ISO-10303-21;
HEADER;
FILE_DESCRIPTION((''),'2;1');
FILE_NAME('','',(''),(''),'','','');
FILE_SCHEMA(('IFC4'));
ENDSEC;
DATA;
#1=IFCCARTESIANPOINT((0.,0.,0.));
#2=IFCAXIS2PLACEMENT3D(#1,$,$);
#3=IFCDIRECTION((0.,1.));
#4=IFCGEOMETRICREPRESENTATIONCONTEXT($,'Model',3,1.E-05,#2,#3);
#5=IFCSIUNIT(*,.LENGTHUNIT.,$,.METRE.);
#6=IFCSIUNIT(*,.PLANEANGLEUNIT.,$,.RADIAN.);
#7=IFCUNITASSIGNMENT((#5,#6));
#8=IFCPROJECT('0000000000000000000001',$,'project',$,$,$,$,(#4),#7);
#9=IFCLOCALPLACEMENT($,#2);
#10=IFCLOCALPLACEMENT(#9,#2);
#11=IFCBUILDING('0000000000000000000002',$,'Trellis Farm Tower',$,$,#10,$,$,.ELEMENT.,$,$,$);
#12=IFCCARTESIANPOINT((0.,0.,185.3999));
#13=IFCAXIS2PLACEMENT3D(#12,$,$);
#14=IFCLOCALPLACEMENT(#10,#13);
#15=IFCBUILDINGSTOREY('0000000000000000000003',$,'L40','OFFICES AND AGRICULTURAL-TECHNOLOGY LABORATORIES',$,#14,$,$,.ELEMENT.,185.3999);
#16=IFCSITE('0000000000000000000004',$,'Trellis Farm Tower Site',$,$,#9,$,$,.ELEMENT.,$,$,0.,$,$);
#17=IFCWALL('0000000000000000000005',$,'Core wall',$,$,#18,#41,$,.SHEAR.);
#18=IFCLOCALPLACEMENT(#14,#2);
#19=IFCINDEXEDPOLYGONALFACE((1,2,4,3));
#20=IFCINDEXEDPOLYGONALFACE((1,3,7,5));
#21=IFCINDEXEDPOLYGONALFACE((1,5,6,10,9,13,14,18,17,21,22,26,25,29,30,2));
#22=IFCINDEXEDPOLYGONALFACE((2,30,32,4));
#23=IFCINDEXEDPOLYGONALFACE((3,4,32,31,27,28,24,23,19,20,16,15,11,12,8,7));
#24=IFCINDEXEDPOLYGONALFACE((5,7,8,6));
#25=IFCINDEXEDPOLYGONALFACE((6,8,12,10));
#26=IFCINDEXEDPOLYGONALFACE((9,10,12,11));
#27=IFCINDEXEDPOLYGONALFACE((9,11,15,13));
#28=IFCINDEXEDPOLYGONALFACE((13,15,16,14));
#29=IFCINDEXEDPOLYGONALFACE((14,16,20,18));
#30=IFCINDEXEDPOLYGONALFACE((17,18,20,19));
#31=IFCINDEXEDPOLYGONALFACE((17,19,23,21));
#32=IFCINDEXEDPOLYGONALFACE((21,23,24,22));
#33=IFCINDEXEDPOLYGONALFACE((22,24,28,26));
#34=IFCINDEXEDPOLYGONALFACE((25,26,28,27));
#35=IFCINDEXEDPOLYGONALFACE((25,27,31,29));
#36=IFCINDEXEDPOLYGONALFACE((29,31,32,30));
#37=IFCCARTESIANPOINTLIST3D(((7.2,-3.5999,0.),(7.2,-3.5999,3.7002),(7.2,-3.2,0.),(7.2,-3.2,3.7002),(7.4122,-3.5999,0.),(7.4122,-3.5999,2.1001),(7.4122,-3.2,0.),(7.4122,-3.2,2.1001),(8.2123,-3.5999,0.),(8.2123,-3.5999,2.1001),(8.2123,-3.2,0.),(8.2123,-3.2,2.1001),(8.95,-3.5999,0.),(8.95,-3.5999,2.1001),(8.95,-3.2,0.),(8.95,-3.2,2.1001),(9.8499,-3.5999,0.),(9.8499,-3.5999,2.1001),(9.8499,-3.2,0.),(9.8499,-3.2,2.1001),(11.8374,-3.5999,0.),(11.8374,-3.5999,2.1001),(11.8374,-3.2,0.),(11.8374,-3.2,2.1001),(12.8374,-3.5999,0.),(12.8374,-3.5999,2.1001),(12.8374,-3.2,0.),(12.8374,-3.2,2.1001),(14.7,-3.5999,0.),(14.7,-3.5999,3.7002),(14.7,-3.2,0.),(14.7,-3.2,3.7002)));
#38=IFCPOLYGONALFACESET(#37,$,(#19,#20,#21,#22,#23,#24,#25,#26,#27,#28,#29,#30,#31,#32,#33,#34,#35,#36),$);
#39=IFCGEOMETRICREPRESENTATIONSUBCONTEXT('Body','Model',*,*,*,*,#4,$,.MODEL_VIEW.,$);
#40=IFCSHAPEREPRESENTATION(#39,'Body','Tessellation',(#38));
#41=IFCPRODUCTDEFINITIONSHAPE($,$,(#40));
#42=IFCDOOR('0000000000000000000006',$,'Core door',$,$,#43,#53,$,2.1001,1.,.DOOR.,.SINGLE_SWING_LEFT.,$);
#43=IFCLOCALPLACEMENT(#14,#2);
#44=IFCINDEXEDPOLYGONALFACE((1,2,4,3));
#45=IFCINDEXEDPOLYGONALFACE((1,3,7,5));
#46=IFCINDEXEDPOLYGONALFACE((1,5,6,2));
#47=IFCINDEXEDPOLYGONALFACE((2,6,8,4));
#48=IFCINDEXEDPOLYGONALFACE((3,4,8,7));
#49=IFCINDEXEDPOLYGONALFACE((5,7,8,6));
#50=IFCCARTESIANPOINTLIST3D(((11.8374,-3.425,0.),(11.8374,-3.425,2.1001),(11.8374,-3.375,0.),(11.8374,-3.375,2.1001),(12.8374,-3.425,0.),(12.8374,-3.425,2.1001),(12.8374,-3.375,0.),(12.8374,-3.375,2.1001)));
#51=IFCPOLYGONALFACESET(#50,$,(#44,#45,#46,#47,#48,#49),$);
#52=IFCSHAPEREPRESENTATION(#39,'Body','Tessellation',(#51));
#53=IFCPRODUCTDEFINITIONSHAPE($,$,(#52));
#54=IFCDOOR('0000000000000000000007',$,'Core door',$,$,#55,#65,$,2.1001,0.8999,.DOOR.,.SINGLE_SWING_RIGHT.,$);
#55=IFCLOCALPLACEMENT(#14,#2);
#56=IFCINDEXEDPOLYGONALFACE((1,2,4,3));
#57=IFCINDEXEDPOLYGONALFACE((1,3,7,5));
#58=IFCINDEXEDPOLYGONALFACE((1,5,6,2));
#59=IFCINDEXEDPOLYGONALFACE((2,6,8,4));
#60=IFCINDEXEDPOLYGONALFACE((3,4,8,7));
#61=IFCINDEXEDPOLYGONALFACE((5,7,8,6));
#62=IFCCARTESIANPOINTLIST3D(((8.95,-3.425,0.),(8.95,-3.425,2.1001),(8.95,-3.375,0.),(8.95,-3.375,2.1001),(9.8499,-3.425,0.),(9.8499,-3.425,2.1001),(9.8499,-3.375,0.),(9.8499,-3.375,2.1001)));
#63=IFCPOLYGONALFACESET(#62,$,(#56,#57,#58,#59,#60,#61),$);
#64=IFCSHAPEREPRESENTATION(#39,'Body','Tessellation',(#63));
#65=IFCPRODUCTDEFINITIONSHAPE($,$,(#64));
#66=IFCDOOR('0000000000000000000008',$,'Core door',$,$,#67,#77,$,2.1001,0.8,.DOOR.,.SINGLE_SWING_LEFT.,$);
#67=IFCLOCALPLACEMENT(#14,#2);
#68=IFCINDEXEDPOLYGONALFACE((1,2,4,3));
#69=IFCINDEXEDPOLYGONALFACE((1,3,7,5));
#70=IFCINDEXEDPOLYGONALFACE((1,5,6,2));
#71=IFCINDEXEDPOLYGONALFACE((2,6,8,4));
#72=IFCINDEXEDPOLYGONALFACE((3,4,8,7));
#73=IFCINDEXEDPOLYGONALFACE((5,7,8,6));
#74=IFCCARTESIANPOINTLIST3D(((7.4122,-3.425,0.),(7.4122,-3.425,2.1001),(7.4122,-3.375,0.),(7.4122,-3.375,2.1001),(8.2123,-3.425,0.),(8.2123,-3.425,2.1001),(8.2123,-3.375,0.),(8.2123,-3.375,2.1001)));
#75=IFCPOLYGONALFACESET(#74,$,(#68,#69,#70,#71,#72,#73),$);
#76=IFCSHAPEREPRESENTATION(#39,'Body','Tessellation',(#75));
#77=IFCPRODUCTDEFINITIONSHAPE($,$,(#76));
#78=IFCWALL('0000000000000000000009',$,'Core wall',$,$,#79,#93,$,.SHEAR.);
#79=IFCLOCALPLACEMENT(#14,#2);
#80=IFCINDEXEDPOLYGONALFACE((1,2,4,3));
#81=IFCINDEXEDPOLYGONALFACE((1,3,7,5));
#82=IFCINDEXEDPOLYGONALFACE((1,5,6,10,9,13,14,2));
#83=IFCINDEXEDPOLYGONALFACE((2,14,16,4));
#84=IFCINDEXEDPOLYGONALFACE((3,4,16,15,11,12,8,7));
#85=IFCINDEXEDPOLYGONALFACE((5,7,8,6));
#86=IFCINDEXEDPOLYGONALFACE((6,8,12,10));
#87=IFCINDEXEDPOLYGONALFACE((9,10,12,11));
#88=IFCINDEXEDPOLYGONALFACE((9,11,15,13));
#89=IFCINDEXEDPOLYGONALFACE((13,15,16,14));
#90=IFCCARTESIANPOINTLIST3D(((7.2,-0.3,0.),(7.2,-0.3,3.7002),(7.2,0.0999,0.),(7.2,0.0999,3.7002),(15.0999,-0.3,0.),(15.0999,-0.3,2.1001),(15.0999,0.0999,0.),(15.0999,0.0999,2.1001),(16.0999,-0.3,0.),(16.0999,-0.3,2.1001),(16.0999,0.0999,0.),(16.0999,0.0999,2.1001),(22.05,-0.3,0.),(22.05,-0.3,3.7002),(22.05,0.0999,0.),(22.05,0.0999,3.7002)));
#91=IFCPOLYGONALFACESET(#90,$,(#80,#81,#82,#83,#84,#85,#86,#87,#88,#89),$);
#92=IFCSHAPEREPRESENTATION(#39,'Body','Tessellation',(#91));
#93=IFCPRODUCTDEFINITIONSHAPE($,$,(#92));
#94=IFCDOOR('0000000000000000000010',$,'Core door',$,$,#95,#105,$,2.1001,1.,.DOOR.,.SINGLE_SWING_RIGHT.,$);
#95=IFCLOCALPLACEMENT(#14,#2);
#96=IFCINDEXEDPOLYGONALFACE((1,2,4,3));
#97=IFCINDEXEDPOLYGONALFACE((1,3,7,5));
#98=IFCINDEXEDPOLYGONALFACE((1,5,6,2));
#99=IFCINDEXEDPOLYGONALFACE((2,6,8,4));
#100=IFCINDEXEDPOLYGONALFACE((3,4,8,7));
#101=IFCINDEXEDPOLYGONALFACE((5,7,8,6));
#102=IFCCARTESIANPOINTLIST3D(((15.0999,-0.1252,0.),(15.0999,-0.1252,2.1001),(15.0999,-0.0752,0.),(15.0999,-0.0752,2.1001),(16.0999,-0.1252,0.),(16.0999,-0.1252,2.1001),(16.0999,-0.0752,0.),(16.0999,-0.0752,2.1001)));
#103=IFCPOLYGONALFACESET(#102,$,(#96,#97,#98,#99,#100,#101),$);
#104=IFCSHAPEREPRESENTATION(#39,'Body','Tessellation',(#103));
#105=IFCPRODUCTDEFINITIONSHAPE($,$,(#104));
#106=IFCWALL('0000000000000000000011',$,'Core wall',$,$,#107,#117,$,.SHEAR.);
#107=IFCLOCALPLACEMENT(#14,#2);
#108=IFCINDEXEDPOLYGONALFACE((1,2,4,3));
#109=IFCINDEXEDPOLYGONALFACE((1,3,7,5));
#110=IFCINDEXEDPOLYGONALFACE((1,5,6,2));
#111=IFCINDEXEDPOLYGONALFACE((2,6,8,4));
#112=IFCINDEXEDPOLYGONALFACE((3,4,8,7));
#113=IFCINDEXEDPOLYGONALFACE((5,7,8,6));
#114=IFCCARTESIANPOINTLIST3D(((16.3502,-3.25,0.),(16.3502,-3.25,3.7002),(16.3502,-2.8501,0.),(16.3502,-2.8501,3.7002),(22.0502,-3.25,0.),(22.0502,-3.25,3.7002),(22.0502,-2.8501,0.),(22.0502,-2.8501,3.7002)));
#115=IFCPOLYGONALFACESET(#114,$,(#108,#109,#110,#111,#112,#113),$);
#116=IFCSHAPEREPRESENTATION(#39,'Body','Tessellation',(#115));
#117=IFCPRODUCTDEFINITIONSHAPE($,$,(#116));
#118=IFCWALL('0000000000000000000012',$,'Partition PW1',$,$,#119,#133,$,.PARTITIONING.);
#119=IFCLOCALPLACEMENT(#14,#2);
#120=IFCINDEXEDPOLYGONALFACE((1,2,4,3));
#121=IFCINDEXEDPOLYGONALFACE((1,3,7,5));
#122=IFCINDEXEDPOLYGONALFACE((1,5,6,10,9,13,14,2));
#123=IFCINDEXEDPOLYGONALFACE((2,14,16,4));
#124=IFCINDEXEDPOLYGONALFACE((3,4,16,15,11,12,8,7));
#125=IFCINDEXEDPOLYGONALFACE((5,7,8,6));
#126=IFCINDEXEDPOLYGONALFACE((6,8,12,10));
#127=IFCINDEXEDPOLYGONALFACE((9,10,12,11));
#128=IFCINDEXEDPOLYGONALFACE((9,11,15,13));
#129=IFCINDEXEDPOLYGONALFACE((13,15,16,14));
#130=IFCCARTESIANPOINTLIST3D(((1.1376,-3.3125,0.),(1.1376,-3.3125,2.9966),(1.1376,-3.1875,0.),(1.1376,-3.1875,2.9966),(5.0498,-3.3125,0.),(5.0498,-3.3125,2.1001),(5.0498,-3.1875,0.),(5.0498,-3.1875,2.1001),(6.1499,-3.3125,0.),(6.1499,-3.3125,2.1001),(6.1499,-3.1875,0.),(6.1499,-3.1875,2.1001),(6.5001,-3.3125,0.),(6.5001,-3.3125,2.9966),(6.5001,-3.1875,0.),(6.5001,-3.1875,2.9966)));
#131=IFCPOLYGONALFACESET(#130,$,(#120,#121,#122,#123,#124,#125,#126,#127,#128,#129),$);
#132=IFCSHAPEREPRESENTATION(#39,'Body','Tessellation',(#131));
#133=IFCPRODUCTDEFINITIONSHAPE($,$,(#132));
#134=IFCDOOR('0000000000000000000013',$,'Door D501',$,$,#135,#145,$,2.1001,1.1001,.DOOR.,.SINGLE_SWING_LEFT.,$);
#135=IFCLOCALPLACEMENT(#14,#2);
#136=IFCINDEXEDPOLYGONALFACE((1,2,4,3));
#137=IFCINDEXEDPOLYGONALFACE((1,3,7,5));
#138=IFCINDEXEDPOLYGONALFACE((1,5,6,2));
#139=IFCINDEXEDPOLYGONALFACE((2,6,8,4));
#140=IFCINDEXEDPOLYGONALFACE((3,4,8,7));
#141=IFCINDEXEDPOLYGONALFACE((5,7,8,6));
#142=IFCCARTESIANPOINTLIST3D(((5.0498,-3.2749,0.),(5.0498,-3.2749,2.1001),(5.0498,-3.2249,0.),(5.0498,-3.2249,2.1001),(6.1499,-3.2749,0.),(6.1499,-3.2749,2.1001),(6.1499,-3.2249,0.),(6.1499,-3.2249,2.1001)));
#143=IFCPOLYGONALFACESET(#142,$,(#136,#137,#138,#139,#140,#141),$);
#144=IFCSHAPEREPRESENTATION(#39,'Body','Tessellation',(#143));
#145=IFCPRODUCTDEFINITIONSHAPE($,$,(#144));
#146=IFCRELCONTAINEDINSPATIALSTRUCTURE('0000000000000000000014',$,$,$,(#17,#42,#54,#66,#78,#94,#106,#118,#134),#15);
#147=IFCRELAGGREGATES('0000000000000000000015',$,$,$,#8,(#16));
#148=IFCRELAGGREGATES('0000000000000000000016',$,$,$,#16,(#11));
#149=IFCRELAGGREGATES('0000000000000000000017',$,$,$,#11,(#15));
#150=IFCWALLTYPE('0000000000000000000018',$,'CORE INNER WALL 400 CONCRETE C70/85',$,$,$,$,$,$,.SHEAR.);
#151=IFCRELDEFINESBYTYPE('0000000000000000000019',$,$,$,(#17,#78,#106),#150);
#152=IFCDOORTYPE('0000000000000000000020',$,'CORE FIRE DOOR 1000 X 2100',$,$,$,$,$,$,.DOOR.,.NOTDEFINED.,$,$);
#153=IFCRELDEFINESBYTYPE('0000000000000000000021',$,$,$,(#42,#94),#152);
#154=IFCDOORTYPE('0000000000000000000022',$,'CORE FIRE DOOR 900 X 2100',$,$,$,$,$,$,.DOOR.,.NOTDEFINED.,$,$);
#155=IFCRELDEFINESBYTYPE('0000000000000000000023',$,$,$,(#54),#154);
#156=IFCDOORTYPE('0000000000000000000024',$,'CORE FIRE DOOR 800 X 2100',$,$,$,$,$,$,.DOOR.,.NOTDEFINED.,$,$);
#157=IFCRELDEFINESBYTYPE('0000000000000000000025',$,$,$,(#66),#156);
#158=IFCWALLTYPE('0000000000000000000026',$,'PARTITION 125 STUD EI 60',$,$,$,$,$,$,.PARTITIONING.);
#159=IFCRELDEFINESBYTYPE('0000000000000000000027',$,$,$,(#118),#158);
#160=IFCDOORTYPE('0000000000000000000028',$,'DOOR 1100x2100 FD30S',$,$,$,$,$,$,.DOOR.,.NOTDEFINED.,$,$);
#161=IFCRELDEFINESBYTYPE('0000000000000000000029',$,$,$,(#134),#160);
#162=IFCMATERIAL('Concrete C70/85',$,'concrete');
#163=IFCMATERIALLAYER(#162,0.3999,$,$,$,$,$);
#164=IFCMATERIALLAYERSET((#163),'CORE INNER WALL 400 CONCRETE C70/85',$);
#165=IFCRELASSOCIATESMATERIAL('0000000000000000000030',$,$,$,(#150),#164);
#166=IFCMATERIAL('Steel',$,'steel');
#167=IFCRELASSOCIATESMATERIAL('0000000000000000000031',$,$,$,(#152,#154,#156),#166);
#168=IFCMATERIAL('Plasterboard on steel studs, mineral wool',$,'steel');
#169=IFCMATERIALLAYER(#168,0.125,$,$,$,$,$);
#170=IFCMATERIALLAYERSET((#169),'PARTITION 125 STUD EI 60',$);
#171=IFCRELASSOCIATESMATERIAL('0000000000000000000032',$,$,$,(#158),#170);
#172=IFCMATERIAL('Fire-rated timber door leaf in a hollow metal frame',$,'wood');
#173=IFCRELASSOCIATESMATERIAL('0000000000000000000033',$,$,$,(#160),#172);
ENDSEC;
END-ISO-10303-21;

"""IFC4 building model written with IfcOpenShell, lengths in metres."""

from ifc_helpers import new_model, si_unit, direction, frame, frame_2d, origin, place, context, subcontext, project, spatial, rectangle, extrude, source, transform, mapped, material, layer, layer_set, type_object, element, fill, save


model = new_model("IFC4")

# Units and contexts
model_context = context("Model", 3, precision=1e-05, world=origin(), true_north=direction((0.0, 1.0)))
body_context = subcontext(model_context, "Body", "Model", "MODEL_VIEW")
ifc_project = project(units=[si_unit("LENGTHUNIT", "METRE"), si_unit("PLANEANGLEUNIT", "RADIAN")], contexts=[model_context])

# Site, building, storey
site_placement = place(None, origin())
site = spatial("IfcSite", under=ifc_project, at=site_placement, Name="Trellis Farm Tower Site", CompositionType="ELEMENT", RefElevation=0.0)
building_placement = place(site_placement, origin())
building = spatial("IfcBuilding", under=site, at=building_placement, Name="Trellis Farm Tower", CompositionType="ELEMENT")
storey_placement = place(building_placement, frame((0.0, 0.0, 185.3999)))
storey = spatial("IfcBuildingStorey", under=building, at=storey_placement, Name="L40", Description="OFFICES AND AGRICULTURAL-TECHNOLOGY LABORATORIES", CompositionType="ELEMENT", Elevation=185.3999)

# Shared definitions
ifc_material_1 = material(Name="Concrete C70/85", Category="concrete")

# Wall, openings, doors
ifc_layer_1 = layer(ifc_material_1, 0.3999)
ifc_layer_set_1 = layer_set([ifc_layer_1], Name="CORE INNER WALL 400 CONCRETE C70/85")
wall_type_1 = type_object("IfcWallType", Name="CORE INNER WALL 400 CONCRETE C70/85", PredefinedType="SHEAR", material=ifc_layer_set_1)
shared_shape_1 = source(origin(), body_context, "Body", "SweptSolid", [
    extrude(rectangle(XDim=7.5, YDim=0.3999, at=frame_2d((3.75, 0.0))), origin(), (0.0, 0.0, 1.0), 3.7002),
])
wall_1_placement = place(storey_placement, frame((7.2, -3.3999, 0.0), z_axis=(0.0, 0.0, 1.0), x_axis=(1.0, 0.0, 0.0)))
wall_1 = element("IfcWall", 1, at=wall_1_placement, inside=storey, type_object=wall_type_1, Name="Core wall", PredefinedType="SHEAR", context=body_context, shape_type="MappedRepresentation", body=[
    mapped(shared_shape_1, transform((0.0, 0.0, 0.0))),
])
shared_shape_2 = source(origin(), body_context, "Body", "SweptSolid", [
    extrude(rectangle(XDim=0.8, YDim=2.1001, at=frame_2d((0.3999, 1.05))), frame((0.0, 0.21, 0.0), z_axis=(0.0, -1.0, 0.0), x_axis=(1.0, 0.0, 0.0)), (0.0, 0.0, 1.0), 0.4199),
])
opening_1_placement = place(wall_1_placement, frame((0.2124, 0.0, 0.0)))
opening_1 = element("IfcOpeningElement", 2, at=opening_1_placement, cuts=wall_1, PredefinedType="OPENING", context=body_context, shape_type="MappedRepresentation", body=[
    mapped(shared_shape_2, transform((0.0, 0.0, 0.0))),
])
shared_shape_3 = source(origin(), body_context, "Body", "SweptSolid", [
    extrude(rectangle(XDim=0.8999, YDim=2.1001, at=frame_2d((0.45, 1.05))), frame((0.0, 0.21, 0.0), z_axis=(0.0, -1.0, 0.0), x_axis=(1.0, 0.0, 0.0)), (0.0, 0.0, 1.0), 0.4199),
])
opening_2_placement = place(wall_1_placement, frame((1.75, 0.0, 0.0)))
opening_2 = element("IfcOpeningElement", 3, at=opening_2_placement, cuts=wall_1, PredefinedType="OPENING", context=body_context, shape_type="MappedRepresentation", body=[
    mapped(shared_shape_3, transform((0.0, 0.0, 0.0))),
])
shared_shape_4 = source(origin(), body_context, "Body", "SweptSolid", [
    extrude(rectangle(XDim=1.0, YDim=2.1001, at=frame_2d((0.5, 1.05))), frame((0.0, 0.21, 0.0), z_axis=(0.0, -1.0, 0.0), x_axis=(1.0, 0.0, 0.0)), (0.0, 0.0, 1.0), 0.4199),
])
opening_3_placement = place(wall_1_placement, frame((4.6375, 0.0, 0.0)))
opening_3 = element("IfcOpeningElement", 4, at=opening_3_placement, cuts=wall_1, PredefinedType="OPENING", context=body_context, shape_type="MappedRepresentation", body=[
    mapped(shared_shape_4, transform((0.0, 0.0, 0.0))),
])
ifc_material_2 = material(Name="Steel", Category="steel")
door_type_1 = type_object("IfcDoorType", Name="CORE FIRE DOOR 1000 X 2100", OperationType="NOTDEFINED", PredefinedType="DOOR", material=ifc_material_2)
shared_shape_5 = source(origin(), body_context, "Body", "SweptSolid", [
    extrude(rectangle(XDim=1.0, YDim=2.1001, at=frame_2d((0.5, 1.05))), frame((0.0, 0.0249, 0.0), z_axis=(0.0, -1.0, 0.0), x_axis=(1.0, 0.0, 0.0)), (0.0, 0.0, 1.0), 0.05),
])
door_1_placement = place(opening_3_placement, origin())
door_1 = element("IfcDoor", 5, at=door_1_placement, inside=storey, type_object=door_type_1, Name="Core door", OperationType="SINGLE_SWING_LEFT", OverallHeight=2.1001, OverallWidth=1.0, PredefinedType="DOOR", context=body_context, shape_type="MappedRepresentation", body=[
    mapped(shared_shape_5, transform((0.0, 0.0, 0.0))),
])
fill(opening_3, door_1)
door_type_2 = type_object("IfcDoorType", Name="CORE FIRE DOOR 900 X 2100", OperationType="NOTDEFINED", PredefinedType="DOOR", material=ifc_material_2)
shared_shape_6 = source(origin(), body_context, "Body", "SweptSolid", [
    extrude(rectangle(XDim=0.8999, YDim=2.1001, at=frame_2d((0.45, 1.05))), frame((0.0, 0.0249, 0.0), z_axis=(0.0, -1.0, 0.0), x_axis=(1.0, 0.0, 0.0)), (0.0, 0.0, 1.0), 0.05),
])
door_2_placement = place(opening_2_placement, origin())
door_2 = element("IfcDoor", 6, at=door_2_placement, inside=storey, type_object=door_type_2, Name="Core door", OperationType="SINGLE_SWING_RIGHT", OverallHeight=2.1001, OverallWidth=0.8999, PredefinedType="DOOR", context=body_context, shape_type="MappedRepresentation", body=[
    mapped(shared_shape_6, transform((0.0, 0.0, 0.0))),
])
fill(opening_2, door_2)
door_type_3 = type_object("IfcDoorType", Name="CORE FIRE DOOR 800 X 2100", OperationType="NOTDEFINED", PredefinedType="DOOR", material=ifc_material_2)
shared_shape_7 = source(origin(), body_context, "Body", "SweptSolid", [
    extrude(rectangle(XDim=0.8, YDim=2.1001, at=frame_2d((0.3999, 1.05))), frame((0.0, 0.0249, 0.0), z_axis=(0.0, -1.0, 0.0), x_axis=(1.0, 0.0, 0.0)), (0.0, 0.0, 1.0), 0.05),
])
door_3_placement = place(opening_1_placement, origin())
door_3 = element("IfcDoor", 7, at=door_3_placement, inside=storey, type_object=door_type_3, Name="Core door", OperationType="SINGLE_SWING_LEFT", OverallHeight=2.1001, OverallWidth=0.8, PredefinedType="DOOR", context=body_context, shape_type="MappedRepresentation", body=[
    mapped(shared_shape_7, transform((0.0, 0.0, 0.0))),
])
fill(opening_1, door_3)

# Wall, opening, door
shared_shape_8 = source(origin(), body_context, "Body", "SweptSolid", [
    extrude(rectangle(XDim=14.8501, YDim=0.3999, at=frame_2d((7.425, 0.0))), origin(), (0.0, 0.0, 1.0), 3.7002),
])
wall_2_placement = place(storey_placement, frame((7.2, -0.1001, 0.0), z_axis=(0.0, 0.0, 1.0), x_axis=(1.0, 0.0, 0.0)))
wall_2 = element("IfcWall", 8, at=wall_2_placement, inside=storey, type_object=wall_type_1, Name="Core wall", PredefinedType="SHEAR", context=body_context, shape_type="MappedRepresentation", body=[
    mapped(shared_shape_8, transform((0.0, 0.0, 0.0))),
])
opening_4_placement = place(wall_2_placement, frame((7.8999, 0.0, 0.0)))
opening_4 = element("IfcOpeningElement", 9, at=opening_4_placement, cuts=wall_2, PredefinedType="OPENING", context=body_context, shape_type="MappedRepresentation", body=[
    mapped(shared_shape_4, transform((0.0, 0.0, 0.0))),
])
door_4_placement = place(opening_4_placement, origin())
door_4 = element("IfcDoor", 10, at=door_4_placement, inside=storey, type_object=door_type_1, Name="Core door", OperationType="SINGLE_SWING_RIGHT", OverallHeight=2.1001, OverallWidth=1.0, PredefinedType="DOOR", context=body_context, shape_type="MappedRepresentation", body=[
    mapped(shared_shape_5, transform((0.0, 0.0, 0.0))),
])
fill(opening_4, door_4)

# Wall
shared_shape_9 = source(origin(), body_context, "Body", "SweptSolid", [
    extrude(rectangle(XDim=5.7, YDim=0.3999, at=frame_2d((2.8501, 0.0))), origin(), (0.0, 0.0, 1.0), 3.7002),
])
wall_3_placement = place(storey_placement, frame((16.3501, -3.05, 0.0), z_axis=(0.0, 0.0, 1.0), x_axis=(1.0, 0.0, 0.0)))
element("IfcWall", 11, at=wall_3_placement, inside=storey, type_object=wall_type_1, Name="Core wall", PredefinedType="SHEAR", context=body_context, shape_type="MappedRepresentation", body=[
    mapped(shared_shape_9, transform((0.0, 0.0, 0.0))),
])

# Wall, opening, door
ifc_material_3 = material(Name="Plasterboard on steel studs, mineral wool", Category="steel")
ifc_layer_2 = layer(ifc_material_3, 0.125)
ifc_layer_set_2 = layer_set([ifc_layer_2], Name="PARTITION 125 STUD EI 60")
wall_type_2 = type_object("IfcWallType", Name="PARTITION 125 STUD EI 60", PredefinedType="PARTITIONING", material=ifc_layer_set_2)
shared_shape_10 = source(origin(), body_context, "Body", "SweptSolid", [
    extrude(rectangle(XDim=5.3625, YDim=0.125, at=frame_2d((2.6812, 0.0))), origin(), (0.0, 0.0, 1.0), 2.9966),
])
wall_4_placement = place(storey_placement, frame((6.5, -3.25, 0.0), z_axis=(0.0, 0.0, 1.0), x_axis=(-1.0, 0.0, 0.0)))
wall_4 = element("IfcWall", 12, at=wall_4_placement, inside=storey, type_object=wall_type_2, Name="Partition PW1", PredefinedType="PARTITIONING", context=body_context, shape_type="MappedRepresentation", body=[
    mapped(shared_shape_10, transform((0.0, 0.0, 0.0))),
])
shared_shape_11 = source(origin(), body_context, "Body", "SweptSolid", [
    extrude(rectangle(XDim=1.1001, YDim=2.1001, at=frame_2d((0.55, 1.05))), frame((0.0, 0.0725, 0.0), z_axis=(0.0, -1.0, 0.0), x_axis=(1.0, 0.0, 0.0)), (0.0, 0.0, 1.0), 0.145),
])
opening_5_placement = place(wall_4_placement, frame((0.3501, 0.0, 0.0)))
opening_5 = element("IfcOpeningElement", 13, at=opening_5_placement, cuts=wall_4, PredefinedType="OPENING", context=body_context, shape_type="MappedRepresentation", body=[
    mapped(shared_shape_11, transform((0.0, 0.0, 0.0))),
])
ifc_material_4 = material(Name="Fire-rated timber door leaf in a hollow metal frame", Category="wood")
door_type_4 = type_object("IfcDoorType", Name="DOOR 1100x2100 FD30S", OperationType="NOTDEFINED", PredefinedType="DOOR", material=ifc_material_4)
shared_shape_12 = source(origin(), body_context, "Body", "SweptSolid", [
    extrude(rectangle(XDim=1.1001, YDim=2.1001, at=frame_2d((0.55, 1.05))), frame((0.0, 0.0249, 0.0), z_axis=(0.0, -1.0, 0.0), x_axis=(1.0, 0.0, 0.0)), (0.0, 0.0, 1.0), 0.05),
])
door_5_placement = place(opening_5_placement, origin())
door_5 = element("IfcDoor", 14, at=door_5_placement, inside=storey, type_object=door_type_4, Name="Door D501", OperationType="SINGLE_SWING_LEFT", OverallHeight=2.1001, OverallWidth=1.1001, PredefinedType="DOOR", context=body_context, shape_type="MappedRepresentation", body=[
    mapped(shared_shape_12, transform((0.0, 0.0, 0.0))),
])
fill(opening_5, door_5)

save(model, "model.ifc")
